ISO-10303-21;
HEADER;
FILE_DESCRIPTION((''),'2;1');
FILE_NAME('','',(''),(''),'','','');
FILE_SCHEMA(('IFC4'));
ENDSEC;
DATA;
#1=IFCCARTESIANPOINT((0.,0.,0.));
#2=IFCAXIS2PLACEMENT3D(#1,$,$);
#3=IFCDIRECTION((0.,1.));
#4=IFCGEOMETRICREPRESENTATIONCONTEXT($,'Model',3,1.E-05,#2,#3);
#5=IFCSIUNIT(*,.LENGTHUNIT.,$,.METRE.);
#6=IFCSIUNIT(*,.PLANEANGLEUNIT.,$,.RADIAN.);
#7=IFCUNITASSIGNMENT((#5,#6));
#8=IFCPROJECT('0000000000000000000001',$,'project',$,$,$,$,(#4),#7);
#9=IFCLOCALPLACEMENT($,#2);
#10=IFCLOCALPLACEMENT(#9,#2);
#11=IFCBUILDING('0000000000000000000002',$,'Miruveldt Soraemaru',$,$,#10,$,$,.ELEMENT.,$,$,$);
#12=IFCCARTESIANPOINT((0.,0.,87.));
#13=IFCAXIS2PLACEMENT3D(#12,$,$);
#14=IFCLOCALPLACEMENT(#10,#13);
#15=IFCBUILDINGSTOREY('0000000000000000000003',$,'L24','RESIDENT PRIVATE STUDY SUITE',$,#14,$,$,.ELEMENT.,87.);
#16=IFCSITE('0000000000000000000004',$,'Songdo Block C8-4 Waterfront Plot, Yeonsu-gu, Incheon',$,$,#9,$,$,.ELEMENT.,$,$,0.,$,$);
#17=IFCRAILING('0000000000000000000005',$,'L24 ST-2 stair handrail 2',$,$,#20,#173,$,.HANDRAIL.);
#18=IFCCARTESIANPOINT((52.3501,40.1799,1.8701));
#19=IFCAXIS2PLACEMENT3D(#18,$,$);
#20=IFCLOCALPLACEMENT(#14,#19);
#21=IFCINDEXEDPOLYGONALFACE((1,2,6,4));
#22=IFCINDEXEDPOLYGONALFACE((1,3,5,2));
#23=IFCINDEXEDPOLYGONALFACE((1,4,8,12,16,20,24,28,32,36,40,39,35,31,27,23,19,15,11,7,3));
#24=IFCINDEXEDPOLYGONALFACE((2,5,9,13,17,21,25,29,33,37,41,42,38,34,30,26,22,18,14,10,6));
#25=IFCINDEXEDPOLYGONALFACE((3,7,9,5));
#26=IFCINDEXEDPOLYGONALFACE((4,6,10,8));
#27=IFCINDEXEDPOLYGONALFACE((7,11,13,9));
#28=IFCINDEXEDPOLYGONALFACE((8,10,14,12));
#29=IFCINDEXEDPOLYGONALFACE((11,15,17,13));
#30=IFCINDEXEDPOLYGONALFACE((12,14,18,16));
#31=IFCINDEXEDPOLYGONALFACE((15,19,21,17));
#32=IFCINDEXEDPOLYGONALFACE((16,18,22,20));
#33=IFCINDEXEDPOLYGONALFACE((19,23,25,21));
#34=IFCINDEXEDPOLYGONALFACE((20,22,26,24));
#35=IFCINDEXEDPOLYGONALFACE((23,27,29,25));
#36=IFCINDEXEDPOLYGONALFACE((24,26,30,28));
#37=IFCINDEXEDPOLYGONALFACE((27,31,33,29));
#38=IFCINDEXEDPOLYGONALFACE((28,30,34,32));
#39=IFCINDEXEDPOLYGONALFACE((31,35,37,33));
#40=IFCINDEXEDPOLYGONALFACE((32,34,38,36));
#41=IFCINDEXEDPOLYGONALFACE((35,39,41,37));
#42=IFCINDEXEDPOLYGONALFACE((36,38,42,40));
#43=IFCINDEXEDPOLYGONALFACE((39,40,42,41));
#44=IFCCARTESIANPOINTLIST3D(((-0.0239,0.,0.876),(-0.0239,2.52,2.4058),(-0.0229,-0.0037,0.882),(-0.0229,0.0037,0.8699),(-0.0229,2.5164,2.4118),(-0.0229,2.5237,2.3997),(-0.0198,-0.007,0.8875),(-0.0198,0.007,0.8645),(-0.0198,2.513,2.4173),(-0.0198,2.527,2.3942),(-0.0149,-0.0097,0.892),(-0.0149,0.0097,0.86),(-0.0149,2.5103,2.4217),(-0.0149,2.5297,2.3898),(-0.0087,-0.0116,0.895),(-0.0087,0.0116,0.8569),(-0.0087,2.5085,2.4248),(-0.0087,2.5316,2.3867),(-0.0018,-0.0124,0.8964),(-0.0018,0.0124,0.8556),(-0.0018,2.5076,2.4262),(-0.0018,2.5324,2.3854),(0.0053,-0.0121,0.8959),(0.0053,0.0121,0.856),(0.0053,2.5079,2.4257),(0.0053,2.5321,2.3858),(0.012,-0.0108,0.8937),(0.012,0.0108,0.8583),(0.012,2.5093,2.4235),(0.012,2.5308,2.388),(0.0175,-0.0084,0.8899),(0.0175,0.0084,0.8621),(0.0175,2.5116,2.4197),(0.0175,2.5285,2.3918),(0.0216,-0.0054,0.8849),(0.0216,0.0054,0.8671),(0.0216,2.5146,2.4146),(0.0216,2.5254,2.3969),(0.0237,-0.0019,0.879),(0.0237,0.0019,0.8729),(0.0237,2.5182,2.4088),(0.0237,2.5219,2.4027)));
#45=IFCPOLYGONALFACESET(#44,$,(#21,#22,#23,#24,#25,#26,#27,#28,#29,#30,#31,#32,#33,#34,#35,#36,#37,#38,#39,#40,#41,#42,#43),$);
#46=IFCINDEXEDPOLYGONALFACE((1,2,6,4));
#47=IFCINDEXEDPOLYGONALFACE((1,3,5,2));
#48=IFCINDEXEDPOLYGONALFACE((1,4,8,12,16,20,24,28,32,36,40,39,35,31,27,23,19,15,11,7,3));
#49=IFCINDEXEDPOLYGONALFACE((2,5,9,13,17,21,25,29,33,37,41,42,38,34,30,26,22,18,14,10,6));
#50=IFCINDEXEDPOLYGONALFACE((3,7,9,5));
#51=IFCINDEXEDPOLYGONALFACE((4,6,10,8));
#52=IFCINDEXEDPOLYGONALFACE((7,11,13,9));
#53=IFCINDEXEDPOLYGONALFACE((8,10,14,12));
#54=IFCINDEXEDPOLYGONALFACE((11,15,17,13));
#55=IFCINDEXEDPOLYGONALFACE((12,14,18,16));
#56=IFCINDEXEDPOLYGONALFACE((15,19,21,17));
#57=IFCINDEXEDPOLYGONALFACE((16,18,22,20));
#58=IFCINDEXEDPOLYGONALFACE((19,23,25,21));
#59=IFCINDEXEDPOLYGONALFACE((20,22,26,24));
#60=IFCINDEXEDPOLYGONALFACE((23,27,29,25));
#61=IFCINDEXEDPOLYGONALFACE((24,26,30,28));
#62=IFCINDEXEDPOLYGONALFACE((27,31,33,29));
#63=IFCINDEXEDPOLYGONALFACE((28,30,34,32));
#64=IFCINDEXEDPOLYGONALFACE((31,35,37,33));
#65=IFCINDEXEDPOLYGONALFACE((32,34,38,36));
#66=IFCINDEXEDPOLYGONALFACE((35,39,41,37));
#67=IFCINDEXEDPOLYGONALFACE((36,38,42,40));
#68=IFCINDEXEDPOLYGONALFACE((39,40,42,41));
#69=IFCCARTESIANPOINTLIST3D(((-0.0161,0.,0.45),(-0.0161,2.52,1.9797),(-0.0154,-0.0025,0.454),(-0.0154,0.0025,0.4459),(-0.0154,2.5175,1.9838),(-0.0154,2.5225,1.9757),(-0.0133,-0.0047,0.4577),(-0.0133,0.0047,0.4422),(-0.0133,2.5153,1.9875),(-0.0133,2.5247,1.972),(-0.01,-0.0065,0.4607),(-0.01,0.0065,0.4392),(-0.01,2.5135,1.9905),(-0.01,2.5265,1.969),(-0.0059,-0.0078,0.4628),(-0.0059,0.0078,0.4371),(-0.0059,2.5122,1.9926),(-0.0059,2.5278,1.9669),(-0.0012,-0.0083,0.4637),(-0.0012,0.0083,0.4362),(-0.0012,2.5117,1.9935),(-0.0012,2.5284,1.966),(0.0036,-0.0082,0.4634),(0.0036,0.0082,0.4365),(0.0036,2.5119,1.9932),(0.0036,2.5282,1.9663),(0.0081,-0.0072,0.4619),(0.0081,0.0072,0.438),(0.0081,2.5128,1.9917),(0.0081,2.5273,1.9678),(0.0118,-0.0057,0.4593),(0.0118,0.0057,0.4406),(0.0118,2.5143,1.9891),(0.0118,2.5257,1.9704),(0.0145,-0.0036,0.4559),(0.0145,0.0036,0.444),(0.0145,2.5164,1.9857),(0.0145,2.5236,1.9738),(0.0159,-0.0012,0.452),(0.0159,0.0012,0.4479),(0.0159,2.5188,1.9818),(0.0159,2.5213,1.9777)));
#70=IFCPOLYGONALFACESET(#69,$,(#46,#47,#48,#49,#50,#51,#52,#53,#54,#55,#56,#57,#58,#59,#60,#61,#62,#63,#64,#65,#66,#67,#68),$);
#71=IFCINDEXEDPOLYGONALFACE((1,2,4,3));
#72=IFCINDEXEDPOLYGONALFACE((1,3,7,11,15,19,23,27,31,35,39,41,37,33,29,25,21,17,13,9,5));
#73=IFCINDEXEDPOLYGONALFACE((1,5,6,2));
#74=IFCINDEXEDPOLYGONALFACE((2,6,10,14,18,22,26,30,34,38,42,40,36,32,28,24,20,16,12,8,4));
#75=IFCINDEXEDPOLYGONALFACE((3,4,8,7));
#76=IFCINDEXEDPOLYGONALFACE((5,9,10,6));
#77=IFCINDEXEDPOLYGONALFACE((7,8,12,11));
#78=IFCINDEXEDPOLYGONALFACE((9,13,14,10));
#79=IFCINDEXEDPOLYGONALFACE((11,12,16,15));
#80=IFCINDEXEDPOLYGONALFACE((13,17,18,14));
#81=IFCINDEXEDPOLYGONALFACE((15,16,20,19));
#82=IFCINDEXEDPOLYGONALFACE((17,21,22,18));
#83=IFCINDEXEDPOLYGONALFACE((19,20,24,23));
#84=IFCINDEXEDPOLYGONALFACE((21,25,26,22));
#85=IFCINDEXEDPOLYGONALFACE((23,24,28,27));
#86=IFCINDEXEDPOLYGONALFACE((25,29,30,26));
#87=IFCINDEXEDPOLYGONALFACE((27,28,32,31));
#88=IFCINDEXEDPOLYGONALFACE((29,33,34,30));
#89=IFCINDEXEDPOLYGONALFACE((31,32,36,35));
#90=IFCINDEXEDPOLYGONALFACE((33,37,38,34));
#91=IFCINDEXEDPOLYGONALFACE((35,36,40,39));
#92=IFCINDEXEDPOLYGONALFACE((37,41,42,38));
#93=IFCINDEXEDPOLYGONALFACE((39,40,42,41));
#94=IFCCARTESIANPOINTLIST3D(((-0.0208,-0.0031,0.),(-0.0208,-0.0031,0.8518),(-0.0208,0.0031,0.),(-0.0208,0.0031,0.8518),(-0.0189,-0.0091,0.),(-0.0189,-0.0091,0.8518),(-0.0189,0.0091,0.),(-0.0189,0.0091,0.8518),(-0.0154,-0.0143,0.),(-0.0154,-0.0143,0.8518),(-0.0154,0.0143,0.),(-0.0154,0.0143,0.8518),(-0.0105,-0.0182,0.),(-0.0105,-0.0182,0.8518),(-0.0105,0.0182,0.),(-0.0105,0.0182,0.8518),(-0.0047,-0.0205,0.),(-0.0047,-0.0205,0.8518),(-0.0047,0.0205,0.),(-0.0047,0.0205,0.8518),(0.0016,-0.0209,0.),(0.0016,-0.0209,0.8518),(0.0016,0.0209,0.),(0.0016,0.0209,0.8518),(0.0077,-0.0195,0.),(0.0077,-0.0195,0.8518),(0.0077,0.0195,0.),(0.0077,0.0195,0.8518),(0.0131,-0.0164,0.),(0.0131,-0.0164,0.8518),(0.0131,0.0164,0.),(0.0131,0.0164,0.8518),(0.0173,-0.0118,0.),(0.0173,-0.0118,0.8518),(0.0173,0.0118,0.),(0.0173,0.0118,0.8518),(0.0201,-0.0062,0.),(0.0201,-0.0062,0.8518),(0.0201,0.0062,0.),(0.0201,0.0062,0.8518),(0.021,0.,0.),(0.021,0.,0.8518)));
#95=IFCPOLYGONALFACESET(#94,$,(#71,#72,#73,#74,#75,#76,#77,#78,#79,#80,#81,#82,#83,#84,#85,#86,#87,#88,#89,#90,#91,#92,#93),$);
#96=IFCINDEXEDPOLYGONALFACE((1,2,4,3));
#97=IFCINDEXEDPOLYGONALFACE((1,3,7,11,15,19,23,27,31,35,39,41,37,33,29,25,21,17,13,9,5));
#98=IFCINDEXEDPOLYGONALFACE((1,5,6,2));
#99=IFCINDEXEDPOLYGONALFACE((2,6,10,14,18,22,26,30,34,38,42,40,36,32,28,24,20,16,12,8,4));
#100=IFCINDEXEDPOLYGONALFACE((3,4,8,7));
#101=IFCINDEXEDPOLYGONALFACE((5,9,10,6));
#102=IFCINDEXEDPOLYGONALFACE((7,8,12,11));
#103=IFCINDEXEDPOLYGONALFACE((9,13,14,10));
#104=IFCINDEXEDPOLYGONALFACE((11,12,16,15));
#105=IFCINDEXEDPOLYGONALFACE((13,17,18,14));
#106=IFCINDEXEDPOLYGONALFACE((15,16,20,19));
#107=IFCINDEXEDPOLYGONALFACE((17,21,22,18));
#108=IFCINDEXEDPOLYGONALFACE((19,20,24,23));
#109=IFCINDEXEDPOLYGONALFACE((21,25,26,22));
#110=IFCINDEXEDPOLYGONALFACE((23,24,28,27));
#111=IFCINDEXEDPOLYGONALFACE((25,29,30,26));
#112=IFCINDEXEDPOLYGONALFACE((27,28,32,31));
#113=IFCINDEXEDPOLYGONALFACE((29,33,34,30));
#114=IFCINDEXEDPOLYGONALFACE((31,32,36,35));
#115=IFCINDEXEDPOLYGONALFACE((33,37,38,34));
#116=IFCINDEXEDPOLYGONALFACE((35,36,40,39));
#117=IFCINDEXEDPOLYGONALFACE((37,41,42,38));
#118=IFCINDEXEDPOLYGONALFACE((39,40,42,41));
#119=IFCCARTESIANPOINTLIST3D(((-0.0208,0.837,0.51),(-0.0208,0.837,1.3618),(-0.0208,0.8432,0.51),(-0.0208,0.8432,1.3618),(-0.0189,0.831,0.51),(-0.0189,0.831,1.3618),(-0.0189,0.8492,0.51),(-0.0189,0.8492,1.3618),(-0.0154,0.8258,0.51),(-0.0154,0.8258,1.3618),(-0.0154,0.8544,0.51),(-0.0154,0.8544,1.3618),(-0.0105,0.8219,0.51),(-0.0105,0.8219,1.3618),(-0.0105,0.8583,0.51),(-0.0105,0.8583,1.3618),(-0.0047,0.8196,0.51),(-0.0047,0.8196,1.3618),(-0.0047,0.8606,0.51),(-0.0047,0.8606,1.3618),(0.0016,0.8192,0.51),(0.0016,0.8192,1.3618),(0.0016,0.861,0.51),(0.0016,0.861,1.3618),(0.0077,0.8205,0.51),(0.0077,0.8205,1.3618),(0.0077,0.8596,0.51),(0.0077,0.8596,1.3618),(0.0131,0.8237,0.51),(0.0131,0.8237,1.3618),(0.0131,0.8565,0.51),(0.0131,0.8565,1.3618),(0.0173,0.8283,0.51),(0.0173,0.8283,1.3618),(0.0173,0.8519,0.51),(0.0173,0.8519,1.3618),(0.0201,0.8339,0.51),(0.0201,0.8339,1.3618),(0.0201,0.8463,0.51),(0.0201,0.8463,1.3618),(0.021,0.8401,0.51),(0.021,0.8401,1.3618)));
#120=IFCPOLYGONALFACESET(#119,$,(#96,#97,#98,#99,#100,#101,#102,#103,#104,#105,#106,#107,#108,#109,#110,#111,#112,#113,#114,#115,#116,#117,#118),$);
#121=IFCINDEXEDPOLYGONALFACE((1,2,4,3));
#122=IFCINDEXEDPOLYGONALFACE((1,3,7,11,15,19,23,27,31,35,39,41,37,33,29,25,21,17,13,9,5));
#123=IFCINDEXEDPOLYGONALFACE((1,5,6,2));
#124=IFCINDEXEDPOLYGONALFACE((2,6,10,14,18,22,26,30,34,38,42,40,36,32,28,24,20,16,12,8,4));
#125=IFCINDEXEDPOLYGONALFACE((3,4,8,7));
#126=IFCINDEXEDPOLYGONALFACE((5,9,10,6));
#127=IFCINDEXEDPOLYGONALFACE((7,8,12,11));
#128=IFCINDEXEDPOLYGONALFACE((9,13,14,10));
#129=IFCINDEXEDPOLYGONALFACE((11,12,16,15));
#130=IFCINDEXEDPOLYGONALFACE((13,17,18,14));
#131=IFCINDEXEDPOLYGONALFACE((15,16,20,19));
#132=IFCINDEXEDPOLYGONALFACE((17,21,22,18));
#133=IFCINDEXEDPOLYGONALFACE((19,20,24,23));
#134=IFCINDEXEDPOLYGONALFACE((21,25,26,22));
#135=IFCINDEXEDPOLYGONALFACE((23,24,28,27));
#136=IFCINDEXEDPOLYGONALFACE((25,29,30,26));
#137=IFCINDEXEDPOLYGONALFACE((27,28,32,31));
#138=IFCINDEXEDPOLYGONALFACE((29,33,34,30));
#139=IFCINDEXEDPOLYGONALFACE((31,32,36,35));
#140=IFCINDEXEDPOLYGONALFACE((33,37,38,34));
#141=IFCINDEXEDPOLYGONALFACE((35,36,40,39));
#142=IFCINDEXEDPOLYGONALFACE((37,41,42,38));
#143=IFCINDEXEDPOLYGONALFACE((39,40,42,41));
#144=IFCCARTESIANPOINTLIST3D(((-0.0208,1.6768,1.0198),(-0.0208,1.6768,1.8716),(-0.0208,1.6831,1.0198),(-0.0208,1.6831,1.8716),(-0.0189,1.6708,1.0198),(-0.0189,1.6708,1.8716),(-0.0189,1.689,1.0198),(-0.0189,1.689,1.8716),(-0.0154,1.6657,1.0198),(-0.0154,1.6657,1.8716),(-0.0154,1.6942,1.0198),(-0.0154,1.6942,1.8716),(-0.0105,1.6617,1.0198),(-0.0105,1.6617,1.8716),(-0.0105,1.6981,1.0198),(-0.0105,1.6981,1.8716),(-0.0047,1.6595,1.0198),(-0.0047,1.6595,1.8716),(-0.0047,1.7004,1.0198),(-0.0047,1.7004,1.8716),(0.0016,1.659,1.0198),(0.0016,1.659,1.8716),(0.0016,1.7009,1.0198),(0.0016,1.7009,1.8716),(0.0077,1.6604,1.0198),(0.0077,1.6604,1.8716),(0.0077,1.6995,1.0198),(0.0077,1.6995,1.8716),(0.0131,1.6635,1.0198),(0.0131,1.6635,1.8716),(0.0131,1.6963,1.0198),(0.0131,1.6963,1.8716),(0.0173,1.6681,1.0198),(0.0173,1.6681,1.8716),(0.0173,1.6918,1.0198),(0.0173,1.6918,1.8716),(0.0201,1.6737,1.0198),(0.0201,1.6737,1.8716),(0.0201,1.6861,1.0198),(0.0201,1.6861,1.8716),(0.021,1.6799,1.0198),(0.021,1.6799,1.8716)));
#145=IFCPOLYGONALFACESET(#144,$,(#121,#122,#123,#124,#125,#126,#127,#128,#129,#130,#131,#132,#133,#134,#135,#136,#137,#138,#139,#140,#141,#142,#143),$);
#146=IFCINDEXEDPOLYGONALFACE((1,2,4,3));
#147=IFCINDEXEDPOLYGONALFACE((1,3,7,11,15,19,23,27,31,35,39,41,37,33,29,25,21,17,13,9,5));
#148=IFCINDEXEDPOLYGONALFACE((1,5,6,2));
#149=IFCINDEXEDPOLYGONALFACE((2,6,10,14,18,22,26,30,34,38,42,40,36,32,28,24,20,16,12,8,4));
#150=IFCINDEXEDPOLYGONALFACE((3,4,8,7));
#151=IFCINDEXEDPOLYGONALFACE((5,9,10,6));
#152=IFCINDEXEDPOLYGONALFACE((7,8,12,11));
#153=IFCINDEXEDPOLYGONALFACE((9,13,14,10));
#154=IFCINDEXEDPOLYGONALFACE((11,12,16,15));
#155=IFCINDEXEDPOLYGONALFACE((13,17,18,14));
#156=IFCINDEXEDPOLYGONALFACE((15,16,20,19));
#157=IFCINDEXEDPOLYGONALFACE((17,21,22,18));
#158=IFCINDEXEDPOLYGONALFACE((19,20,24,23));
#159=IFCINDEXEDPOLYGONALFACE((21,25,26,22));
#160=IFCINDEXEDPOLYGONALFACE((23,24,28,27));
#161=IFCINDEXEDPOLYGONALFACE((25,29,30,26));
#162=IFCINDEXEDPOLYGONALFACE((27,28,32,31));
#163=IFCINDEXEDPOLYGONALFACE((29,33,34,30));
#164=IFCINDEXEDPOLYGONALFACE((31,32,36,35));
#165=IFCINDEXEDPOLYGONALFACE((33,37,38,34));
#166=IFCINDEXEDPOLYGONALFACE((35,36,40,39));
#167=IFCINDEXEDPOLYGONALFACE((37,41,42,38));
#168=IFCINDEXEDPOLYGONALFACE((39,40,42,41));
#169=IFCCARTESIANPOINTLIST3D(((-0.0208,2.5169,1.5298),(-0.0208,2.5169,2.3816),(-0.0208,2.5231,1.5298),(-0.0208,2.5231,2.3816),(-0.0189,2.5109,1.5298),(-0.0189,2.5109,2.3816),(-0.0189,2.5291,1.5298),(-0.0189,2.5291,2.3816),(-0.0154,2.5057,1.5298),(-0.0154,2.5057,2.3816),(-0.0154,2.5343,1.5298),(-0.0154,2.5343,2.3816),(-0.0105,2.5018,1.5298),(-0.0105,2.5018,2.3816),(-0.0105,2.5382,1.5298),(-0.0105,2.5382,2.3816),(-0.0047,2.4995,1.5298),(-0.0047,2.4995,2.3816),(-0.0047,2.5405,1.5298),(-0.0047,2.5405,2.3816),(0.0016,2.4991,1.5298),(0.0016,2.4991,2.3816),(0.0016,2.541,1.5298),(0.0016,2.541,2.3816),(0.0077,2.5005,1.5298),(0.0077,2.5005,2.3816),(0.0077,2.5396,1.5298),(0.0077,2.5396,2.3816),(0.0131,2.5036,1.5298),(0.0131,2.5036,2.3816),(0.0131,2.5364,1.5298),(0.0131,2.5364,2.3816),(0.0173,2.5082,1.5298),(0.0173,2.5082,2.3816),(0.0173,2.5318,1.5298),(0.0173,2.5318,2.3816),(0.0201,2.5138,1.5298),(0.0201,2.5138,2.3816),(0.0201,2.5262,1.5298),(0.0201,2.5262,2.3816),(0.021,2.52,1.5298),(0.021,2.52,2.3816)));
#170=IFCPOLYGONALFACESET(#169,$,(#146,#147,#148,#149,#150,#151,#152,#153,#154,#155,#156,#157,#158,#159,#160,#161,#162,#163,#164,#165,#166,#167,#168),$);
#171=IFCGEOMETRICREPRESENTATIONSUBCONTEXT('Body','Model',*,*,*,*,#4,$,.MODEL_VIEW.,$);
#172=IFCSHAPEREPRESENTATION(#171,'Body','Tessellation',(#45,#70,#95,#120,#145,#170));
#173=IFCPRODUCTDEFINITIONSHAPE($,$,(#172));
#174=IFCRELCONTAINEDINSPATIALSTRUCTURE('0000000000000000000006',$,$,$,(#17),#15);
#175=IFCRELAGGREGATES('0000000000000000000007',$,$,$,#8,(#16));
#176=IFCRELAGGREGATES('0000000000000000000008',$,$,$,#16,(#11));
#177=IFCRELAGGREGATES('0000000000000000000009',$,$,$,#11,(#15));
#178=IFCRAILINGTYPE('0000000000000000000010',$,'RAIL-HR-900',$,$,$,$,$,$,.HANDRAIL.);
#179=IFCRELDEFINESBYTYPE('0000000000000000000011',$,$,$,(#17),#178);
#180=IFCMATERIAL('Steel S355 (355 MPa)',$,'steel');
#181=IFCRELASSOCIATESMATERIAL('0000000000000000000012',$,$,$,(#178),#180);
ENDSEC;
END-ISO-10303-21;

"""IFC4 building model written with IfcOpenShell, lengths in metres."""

from ifc_helpers import new_model, si_unit, direction, frame, origin, origin_2d, place, context, subcontext, project, spatial, circle, extrude, material, type_object, element, save


model = new_model("IFC4")

# Units and contexts
model_context = context("Model", 3, precision=1e-05, world=origin(), true_north=direction((0.0, 1.0)))
body_context = subcontext(model_context, "Body", "Model", "MODEL_VIEW")
ifc_project = project(units=[si_unit("LENGTHUNIT", "METRE"), si_unit("PLANEANGLEUNIT", "RADIAN")], contexts=[model_context])

# Site, building, storey
site_placement = place(None, origin())
site = spatial("IfcSite", under=ifc_project, at=site_placement, Name="Songdo Block C8-4 Waterfront Plot, Yeonsu-gu, Incheon", CompositionType="ELEMENT", RefElevation=0.0)
building_placement = place(site_placement, origin())
building = spatial("IfcBuilding", under=site, at=building_placement, Name="Miruveldt Soraemaru", CompositionType="ELEMENT")
storey_placement = place(building_placement, frame((0.0, 0.0, 87.0)))
storey = spatial("IfcBuildingStorey", under=building, at=storey_placement, Name="L24", Description="RESIDENT PRIVATE STUDY SUITE", CompositionType="ELEMENT", Elevation=87.0)

# Railing
ifc_material_1 = material(Name="Steel S355 (355 MPa)", Category="steel")
railing_type = type_object("IfcRailingType", Name="RAIL-HR-900", PredefinedType="HANDRAIL", material=ifc_material_1)
railing_placement = place(storey_placement, frame((52.3501, 40.1799, 1.8701)))
element("IfcRailing", 1, at=railing_placement, inside=storey, type_object=railing_type, Name="L24 ST-2 stair handrail 2", PredefinedType="HANDRAIL", context=body_context, shape_type="SweptSolid", body=[
    extrude(circle(Radius=0.0239, at=origin_2d()), frame((0.0, 0.0, 0.876), z_axis=(0.0, 0.854822, 0.518922), x_axis=(-1.0, 0.0, 0.0)), (0.0, 0.0, 1.0), 2.948),
    extrude(circle(Radius=0.0161, at=origin_2d()), frame((0.0, 0.0, 0.45), z_axis=(0.0, 0.854822, 0.518922), x_axis=(-1.0, 0.0, 0.0)), (0.0, 0.0, 1.0), 2.948),
    extrude(circle(Radius=0.021, at=origin_2d()), origin(), (0.0, 0.0, 1.0), 0.8518),
    extrude(circle(Radius=0.021, at=origin_2d()), frame((0.0, 0.8401, 0.51)), (0.0, 0.0, 1.0), 0.8518),
    extrude(circle(Radius=0.021, at=origin_2d()), frame((0.0, 1.6799, 1.0198)), (0.0, 0.0, 1.0), 0.8518),
    extrude(circle(Radius=0.021, at=origin_2d()), frame((0.0, 2.52, 1.5298)), (0.0, 0.0, 1.0), 0.8518),
])

save(model, "model.ifc")
